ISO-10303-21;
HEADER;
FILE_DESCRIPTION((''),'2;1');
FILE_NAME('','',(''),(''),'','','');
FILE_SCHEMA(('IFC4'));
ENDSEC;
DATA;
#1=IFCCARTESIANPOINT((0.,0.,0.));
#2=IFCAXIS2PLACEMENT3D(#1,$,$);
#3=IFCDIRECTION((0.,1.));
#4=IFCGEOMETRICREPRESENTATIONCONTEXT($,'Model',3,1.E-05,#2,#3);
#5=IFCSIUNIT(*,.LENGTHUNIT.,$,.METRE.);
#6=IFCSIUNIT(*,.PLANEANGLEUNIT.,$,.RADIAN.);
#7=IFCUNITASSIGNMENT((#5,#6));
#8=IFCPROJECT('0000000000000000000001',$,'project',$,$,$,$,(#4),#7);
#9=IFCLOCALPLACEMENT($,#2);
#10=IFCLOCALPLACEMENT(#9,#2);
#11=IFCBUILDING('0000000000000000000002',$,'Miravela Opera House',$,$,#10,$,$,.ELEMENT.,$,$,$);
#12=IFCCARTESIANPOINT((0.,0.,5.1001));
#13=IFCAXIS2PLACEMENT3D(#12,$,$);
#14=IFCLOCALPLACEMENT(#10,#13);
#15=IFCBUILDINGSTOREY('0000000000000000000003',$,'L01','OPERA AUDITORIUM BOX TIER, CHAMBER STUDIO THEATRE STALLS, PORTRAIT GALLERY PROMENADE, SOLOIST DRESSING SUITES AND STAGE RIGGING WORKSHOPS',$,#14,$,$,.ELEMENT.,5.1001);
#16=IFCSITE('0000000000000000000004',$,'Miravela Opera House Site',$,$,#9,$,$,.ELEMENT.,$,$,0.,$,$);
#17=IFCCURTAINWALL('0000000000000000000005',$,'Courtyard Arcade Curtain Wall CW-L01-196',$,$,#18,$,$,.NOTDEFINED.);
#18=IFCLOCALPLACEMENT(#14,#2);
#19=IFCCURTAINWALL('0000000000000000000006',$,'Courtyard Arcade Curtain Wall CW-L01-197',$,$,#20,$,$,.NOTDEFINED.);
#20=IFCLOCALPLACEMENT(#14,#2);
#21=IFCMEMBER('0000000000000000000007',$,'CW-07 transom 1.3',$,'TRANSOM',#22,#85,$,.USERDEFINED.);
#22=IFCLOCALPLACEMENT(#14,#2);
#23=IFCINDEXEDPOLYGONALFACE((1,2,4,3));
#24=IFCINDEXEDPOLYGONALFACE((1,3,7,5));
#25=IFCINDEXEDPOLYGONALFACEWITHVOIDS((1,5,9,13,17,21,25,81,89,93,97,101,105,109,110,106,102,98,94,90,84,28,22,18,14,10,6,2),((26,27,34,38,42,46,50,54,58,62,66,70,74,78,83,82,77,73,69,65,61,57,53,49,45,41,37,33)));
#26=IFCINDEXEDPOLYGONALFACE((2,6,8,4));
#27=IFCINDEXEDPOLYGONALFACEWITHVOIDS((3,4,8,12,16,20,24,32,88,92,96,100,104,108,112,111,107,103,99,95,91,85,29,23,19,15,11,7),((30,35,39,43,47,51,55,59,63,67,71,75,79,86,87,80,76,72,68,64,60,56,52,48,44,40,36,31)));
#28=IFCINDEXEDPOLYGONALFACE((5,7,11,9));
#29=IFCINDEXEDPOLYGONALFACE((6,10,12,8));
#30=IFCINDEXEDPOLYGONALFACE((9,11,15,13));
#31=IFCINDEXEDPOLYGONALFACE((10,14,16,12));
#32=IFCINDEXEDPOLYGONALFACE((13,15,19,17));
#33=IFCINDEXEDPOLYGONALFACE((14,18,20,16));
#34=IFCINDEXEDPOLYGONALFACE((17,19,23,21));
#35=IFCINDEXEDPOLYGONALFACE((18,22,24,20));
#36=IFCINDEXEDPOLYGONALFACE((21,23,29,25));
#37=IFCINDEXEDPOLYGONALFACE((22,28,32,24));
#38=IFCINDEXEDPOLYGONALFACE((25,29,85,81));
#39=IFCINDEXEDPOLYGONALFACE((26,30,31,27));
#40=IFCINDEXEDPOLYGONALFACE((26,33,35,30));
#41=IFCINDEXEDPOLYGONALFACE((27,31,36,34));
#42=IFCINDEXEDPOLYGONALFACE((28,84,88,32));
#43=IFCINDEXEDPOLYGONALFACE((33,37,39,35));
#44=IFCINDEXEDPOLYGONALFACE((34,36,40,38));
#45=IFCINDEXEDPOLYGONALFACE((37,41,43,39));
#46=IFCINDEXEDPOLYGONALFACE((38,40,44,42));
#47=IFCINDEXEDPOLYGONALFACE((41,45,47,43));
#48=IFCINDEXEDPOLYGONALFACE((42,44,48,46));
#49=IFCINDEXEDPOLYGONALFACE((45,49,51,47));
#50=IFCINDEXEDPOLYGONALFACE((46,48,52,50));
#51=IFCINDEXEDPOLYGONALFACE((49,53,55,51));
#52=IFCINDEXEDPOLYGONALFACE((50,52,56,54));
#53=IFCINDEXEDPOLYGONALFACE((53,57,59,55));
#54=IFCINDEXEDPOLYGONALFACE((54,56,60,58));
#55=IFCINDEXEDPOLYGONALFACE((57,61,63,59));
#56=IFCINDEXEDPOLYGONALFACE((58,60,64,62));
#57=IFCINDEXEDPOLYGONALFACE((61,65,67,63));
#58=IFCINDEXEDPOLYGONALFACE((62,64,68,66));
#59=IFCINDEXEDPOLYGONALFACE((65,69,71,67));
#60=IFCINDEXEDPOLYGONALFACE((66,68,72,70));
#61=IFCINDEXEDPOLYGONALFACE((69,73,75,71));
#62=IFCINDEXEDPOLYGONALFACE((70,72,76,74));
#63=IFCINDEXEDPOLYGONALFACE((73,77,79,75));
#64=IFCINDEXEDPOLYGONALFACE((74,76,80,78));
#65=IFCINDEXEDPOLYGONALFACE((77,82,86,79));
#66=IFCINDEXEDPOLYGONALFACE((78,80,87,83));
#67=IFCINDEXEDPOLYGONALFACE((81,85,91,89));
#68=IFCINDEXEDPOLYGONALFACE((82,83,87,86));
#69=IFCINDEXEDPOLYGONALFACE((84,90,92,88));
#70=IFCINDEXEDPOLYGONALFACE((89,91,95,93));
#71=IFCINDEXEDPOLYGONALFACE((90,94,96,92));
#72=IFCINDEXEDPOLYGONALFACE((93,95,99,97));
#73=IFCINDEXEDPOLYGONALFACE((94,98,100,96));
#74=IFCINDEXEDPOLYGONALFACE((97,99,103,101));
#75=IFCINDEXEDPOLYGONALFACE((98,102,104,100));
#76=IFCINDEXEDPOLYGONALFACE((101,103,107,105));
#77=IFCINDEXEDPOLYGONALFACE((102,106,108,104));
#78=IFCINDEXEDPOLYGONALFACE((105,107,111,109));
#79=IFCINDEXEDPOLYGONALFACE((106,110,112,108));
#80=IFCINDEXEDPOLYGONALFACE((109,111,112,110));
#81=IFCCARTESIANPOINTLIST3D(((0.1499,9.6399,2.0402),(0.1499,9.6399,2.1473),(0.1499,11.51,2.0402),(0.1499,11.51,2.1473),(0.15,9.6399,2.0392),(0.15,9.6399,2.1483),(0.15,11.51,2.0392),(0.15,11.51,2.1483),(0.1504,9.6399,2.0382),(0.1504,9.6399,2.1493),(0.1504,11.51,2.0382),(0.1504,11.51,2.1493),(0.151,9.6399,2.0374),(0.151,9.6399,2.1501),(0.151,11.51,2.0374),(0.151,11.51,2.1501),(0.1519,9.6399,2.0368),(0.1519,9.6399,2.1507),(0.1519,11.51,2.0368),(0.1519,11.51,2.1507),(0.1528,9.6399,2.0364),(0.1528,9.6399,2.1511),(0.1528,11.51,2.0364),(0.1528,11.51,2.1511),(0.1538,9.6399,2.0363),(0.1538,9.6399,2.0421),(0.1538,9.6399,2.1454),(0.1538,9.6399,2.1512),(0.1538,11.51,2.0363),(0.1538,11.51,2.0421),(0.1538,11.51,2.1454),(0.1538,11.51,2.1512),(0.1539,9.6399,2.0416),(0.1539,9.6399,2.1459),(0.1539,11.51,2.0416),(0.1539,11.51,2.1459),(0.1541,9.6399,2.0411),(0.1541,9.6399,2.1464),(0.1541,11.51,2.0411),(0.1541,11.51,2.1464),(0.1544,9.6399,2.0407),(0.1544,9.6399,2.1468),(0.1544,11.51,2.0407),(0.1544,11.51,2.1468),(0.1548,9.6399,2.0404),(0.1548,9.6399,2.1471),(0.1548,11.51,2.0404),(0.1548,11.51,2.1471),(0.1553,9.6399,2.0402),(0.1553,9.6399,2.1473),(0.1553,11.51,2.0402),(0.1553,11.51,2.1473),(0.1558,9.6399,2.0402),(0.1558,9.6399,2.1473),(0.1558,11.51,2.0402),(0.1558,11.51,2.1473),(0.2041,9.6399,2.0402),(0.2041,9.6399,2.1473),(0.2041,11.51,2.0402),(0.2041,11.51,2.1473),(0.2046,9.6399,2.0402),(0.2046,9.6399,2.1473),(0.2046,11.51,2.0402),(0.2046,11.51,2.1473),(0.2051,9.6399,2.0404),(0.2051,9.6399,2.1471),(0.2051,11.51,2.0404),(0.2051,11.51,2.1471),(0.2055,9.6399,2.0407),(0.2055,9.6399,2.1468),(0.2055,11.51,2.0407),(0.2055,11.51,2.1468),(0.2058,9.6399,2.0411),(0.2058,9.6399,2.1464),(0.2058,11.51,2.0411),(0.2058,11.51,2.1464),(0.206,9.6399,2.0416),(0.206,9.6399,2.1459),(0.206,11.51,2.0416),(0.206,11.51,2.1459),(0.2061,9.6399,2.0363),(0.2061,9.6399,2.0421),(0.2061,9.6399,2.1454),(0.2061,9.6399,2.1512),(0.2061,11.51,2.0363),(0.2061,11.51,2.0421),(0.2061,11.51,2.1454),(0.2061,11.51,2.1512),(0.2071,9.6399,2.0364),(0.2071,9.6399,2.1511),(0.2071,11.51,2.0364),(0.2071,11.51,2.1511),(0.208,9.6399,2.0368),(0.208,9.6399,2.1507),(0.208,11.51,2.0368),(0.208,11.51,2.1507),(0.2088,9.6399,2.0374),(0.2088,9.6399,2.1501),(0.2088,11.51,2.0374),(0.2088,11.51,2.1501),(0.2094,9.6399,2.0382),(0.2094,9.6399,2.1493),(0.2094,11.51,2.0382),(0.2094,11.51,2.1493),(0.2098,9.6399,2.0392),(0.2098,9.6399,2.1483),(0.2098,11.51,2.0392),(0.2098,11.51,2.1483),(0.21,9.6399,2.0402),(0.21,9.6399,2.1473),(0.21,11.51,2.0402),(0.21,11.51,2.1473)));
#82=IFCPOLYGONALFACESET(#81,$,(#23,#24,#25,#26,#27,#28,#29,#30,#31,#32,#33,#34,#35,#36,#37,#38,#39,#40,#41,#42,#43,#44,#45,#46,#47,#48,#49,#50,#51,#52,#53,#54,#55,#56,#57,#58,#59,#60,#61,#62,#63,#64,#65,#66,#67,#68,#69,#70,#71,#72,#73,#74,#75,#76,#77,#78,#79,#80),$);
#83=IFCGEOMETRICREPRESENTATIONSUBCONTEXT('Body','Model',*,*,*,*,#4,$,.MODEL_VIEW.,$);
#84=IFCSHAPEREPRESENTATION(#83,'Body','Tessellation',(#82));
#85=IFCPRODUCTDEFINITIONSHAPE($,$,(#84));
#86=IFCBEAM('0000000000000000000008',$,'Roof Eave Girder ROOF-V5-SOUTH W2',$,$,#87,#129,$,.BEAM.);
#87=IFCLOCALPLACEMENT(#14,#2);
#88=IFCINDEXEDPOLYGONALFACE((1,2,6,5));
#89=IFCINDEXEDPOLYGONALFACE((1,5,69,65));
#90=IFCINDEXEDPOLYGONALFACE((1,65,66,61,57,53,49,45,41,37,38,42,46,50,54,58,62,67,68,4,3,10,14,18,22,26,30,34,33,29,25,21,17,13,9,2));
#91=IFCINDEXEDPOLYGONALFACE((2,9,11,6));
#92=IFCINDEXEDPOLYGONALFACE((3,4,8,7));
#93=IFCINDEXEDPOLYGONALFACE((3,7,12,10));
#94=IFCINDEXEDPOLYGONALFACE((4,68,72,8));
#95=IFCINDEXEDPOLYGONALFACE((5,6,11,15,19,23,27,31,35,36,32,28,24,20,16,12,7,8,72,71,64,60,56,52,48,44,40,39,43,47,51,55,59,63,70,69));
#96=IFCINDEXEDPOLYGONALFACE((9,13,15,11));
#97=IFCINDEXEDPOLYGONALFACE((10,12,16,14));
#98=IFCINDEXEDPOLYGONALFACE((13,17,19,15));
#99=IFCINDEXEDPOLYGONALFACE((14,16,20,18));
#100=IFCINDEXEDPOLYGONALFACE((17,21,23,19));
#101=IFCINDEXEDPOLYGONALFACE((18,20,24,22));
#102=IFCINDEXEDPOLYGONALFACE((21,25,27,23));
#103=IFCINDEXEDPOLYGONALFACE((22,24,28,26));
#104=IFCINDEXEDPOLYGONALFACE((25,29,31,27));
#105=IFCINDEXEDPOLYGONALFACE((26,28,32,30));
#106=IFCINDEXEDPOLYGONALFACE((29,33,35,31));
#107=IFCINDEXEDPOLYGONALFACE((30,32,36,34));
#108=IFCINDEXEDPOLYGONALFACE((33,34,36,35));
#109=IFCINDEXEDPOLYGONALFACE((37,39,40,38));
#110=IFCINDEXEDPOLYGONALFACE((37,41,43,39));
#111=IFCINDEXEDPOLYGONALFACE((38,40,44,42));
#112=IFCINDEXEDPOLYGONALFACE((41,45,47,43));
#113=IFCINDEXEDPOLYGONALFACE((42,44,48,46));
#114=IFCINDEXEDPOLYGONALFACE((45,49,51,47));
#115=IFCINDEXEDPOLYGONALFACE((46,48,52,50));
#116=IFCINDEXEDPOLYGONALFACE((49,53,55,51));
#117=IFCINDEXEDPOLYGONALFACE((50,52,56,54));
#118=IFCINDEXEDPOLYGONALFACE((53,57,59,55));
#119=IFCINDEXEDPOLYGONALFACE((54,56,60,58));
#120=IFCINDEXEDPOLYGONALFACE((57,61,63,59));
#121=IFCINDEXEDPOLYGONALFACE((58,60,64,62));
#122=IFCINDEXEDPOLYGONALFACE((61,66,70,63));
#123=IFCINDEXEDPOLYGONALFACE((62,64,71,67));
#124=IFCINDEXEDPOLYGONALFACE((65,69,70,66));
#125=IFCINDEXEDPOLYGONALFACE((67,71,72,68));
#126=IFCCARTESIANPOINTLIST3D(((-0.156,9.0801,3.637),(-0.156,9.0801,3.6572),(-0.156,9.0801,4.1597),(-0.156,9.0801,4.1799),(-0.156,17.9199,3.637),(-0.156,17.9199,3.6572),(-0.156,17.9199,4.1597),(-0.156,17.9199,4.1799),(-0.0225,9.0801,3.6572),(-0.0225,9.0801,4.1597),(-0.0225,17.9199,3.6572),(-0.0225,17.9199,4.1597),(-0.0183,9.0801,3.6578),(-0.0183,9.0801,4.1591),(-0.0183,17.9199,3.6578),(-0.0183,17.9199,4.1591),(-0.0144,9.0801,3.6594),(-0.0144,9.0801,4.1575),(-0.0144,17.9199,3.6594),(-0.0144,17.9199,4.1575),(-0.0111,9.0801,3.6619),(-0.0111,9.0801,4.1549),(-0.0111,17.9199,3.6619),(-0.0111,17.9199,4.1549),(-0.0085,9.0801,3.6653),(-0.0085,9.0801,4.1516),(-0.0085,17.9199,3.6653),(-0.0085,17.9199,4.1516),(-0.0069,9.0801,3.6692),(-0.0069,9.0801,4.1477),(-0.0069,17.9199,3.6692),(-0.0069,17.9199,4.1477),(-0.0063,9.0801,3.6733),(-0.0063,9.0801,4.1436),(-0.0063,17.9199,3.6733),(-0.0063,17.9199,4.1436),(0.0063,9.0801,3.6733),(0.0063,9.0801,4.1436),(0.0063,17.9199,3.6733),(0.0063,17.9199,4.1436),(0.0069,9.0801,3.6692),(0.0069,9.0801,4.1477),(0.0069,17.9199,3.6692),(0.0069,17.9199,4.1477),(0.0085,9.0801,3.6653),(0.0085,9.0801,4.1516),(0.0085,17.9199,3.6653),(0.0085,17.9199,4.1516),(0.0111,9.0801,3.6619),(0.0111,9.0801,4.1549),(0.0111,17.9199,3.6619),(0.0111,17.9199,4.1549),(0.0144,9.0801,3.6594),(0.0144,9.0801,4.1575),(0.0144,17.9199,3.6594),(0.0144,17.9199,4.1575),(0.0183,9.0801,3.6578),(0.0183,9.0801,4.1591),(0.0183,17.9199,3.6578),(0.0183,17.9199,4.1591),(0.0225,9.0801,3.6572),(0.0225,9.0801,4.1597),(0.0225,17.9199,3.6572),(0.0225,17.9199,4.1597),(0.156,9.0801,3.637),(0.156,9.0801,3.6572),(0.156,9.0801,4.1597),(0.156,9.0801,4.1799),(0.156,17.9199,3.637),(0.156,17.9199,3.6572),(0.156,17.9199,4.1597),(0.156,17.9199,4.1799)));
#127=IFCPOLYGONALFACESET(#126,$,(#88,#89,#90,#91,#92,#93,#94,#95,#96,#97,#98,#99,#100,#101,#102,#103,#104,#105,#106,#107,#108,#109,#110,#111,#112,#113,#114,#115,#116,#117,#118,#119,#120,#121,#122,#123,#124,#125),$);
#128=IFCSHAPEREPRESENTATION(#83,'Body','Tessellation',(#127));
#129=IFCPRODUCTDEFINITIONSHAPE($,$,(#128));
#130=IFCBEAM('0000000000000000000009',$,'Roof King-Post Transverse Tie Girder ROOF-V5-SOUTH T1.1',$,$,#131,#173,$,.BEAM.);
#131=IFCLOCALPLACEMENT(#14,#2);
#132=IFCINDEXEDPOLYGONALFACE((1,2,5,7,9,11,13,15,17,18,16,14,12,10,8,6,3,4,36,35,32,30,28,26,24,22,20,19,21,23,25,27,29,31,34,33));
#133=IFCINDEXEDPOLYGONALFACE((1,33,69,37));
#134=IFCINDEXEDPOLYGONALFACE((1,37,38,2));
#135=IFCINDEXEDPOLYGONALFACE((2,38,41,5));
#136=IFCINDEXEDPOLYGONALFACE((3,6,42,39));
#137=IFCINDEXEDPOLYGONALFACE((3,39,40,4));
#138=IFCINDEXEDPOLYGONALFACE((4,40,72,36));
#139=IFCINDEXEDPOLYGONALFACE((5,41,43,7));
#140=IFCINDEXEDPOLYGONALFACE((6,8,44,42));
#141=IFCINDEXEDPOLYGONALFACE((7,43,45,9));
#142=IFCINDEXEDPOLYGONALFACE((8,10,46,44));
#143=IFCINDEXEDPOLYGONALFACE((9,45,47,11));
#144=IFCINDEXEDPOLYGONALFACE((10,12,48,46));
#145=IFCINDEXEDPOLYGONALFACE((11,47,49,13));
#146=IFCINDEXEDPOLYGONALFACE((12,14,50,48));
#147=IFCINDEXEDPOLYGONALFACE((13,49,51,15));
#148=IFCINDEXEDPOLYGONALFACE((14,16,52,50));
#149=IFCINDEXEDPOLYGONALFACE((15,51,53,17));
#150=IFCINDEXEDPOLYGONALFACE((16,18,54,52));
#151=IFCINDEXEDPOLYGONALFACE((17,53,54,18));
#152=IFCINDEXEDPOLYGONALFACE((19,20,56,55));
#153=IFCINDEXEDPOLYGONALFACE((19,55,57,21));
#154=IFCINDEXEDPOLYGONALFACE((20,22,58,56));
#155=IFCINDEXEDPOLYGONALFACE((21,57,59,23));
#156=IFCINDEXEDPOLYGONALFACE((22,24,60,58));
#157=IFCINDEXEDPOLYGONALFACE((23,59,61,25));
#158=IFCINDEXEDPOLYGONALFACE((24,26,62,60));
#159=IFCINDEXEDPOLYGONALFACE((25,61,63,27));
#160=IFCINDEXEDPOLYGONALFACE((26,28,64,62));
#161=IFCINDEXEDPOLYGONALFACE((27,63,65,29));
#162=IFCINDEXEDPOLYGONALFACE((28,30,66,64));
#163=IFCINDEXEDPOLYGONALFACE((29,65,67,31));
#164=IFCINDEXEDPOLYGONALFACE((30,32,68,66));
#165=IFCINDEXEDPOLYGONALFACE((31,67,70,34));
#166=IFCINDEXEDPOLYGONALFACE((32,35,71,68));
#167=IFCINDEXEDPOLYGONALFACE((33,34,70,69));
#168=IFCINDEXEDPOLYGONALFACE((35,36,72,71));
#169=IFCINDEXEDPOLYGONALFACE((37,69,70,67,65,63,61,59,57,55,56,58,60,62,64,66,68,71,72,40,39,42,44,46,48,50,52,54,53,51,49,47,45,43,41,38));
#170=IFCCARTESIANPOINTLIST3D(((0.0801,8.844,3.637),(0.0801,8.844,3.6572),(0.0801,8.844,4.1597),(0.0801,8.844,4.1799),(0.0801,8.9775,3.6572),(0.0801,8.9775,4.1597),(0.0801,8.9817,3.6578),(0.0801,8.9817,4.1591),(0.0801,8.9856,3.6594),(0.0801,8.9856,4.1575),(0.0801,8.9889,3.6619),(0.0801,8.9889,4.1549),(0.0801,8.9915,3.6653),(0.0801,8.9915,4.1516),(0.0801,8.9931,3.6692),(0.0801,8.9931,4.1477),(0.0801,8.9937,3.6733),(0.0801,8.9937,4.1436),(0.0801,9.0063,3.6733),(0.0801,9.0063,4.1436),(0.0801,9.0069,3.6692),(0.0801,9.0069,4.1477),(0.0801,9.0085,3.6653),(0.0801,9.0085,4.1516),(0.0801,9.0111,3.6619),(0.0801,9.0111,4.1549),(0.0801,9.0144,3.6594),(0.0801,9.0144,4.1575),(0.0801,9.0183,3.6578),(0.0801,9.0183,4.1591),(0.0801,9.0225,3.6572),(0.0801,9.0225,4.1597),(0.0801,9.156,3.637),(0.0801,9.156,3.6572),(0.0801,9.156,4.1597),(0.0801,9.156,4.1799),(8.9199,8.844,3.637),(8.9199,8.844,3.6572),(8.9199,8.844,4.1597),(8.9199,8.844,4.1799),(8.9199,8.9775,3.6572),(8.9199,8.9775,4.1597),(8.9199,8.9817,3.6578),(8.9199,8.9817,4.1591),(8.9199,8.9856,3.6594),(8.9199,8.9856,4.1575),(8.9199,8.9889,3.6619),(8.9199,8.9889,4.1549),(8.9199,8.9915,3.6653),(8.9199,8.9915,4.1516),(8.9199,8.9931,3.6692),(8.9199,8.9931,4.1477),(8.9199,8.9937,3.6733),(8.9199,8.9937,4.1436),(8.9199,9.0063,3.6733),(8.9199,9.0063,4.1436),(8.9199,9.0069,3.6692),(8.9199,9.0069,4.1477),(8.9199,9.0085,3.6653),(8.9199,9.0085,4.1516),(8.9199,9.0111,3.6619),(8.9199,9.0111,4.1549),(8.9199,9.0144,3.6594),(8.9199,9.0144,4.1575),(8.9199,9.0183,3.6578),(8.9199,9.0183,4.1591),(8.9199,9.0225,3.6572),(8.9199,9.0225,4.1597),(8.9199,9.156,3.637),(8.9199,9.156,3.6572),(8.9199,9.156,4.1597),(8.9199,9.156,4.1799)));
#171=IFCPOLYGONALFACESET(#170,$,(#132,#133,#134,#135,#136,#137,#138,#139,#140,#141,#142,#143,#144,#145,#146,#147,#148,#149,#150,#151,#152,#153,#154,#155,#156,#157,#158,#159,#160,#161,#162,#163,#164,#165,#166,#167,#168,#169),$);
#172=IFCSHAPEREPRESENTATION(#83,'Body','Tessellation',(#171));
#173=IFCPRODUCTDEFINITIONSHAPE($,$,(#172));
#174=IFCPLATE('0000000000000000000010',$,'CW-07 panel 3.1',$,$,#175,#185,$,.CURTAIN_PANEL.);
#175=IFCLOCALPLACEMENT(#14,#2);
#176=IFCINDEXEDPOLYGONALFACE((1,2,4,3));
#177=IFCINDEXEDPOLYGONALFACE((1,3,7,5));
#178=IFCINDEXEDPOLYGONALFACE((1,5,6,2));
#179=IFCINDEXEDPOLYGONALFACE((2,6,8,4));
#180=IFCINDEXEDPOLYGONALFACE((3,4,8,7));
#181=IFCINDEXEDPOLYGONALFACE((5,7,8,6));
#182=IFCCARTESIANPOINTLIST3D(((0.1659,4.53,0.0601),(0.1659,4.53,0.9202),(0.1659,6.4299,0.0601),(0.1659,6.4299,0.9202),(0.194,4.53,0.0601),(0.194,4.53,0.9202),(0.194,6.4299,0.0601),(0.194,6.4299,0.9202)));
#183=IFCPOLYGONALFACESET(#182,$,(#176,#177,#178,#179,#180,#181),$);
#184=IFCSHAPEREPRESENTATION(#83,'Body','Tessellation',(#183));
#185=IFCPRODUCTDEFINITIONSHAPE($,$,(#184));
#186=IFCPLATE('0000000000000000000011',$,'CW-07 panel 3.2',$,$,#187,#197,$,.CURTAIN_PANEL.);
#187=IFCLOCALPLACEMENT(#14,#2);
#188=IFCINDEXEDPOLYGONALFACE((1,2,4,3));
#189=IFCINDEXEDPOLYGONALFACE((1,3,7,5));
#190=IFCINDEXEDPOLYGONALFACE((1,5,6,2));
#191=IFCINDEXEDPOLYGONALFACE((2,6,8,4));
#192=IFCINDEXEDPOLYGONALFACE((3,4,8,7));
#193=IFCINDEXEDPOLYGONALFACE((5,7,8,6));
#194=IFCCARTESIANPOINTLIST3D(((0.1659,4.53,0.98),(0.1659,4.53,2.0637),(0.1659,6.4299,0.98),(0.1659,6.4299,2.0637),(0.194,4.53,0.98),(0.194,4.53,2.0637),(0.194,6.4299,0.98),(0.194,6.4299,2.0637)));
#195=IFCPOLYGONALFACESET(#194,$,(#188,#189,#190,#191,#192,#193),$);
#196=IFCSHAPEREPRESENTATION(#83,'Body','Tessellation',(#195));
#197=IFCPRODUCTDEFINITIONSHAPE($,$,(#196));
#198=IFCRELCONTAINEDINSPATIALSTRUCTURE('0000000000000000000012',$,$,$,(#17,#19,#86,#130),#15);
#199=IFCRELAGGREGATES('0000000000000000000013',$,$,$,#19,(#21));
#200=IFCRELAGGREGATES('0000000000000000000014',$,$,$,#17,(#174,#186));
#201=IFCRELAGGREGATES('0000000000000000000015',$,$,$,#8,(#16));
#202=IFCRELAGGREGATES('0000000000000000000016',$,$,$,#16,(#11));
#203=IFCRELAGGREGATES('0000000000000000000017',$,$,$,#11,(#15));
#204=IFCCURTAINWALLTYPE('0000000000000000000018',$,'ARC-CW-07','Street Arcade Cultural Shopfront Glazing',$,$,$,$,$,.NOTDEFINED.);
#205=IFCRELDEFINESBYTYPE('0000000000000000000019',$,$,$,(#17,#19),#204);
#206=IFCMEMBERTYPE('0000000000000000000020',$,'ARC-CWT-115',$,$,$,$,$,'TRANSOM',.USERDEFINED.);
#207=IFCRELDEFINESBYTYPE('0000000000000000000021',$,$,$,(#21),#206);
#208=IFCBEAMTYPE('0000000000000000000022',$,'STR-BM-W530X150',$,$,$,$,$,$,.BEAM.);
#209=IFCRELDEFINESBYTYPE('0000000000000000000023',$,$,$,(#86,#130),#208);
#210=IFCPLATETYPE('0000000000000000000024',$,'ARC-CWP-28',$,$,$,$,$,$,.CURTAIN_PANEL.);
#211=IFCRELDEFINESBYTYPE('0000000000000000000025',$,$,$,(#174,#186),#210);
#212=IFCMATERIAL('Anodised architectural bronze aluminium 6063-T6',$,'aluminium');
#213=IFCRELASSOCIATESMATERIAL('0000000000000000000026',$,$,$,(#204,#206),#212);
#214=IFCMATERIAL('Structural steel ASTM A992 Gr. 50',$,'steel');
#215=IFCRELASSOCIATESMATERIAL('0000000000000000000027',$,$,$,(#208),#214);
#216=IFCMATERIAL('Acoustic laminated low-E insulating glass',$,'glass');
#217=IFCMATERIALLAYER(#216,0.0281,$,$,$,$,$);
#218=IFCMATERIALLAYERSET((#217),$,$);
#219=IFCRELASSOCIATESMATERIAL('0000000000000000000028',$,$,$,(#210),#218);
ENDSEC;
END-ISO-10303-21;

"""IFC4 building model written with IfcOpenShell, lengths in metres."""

from ifc_helpers import new_model, si_unit, direction, frame, origin, origin_2d, place, context, subcontext, project, spatial, rectangle, hollow_rectangle, i_section, extrude, material, layer, layer_set, material_profile, profile_set, type_object, element, aggregate, save


model = new_model("IFC4")

# Units and contexts
model_context = context("Model", 3, precision=1e-05, world=origin(), true_north=direction((0.0, 1.0)))
body_context = subcontext(model_context, "Body", "Model", "MODEL_VIEW")
ifc_project = project(units=[si_unit("LENGTHUNIT", "METRE"), si_unit("PLANEANGLEUNIT", "RADIAN")], contexts=[model_context])

# Site, building, storey
site_placement = place(None, origin())
site = spatial("IfcSite", under=ifc_project, at=site_placement, Name="Miravela Opera House Site", CompositionType="ELEMENT", RefElevation=0.0)
building_placement = place(site_placement, origin())
building = spatial("IfcBuilding", under=site, at=building_placement, Name="Miravela Opera House", CompositionType="ELEMENT")
storey_placement = place(building_placement, frame((0.0, 0.0, 5.1001)))
storey = spatial("IfcBuildingStorey", under=building, at=storey_placement, Name="L01", Description="OPERA AUDITORIUM BOX TIER, CHAMBER STUDIO THEATRE STALLS, PORTRAIT GALLERY PROMENADE, SOLOIST DRESSING SUITES AND STAGE RIGGING WORKSHOPS", CompositionType="ELEMENT", Elevation=5.1001)

# Curtain wall
ifc_material_1 = material(Name="Anodised architectural bronze aluminium 6063-T6", Category="aluminium")
curtain_wall_type = type_object("IfcCurtainWallType", Name="ARC-CW-07", Description="Street Arcade Cultural Shopfront Glazing", PredefinedType="NOTDEFINED", material=ifc_material_1)
curtain_wall_1_placement = place(storey_placement, origin())
curtain_wall_1 = element("IfcCurtainWall", 1, at=curtain_wall_1_placement, inside=storey, type_object=curtain_wall_type, Name="Courtyard Arcade Curtain Wall CW-L01-196", PredefinedType="NOTDEFINED")

# Curtain wall
curtain_wall_2_placement = place(storey_placement, origin())
curtain_wall_2 = element("IfcCurtainWall", 2, at=curtain_wall_2_placement, inside=storey, type_object=curtain_wall_type, Name="Courtyard Arcade Curtain Wall CW-L01-197", PredefinedType="NOTDEFINED")

# Member
ifc_material_profile_1 = material_profile(ifc_material_1, hollow_rectangle(XDim=0.0601, YDim=0.115, WallThickness=0.0039, InnerFilletRadius=0.002, OuterFilletRadius=0.0039, at=origin_2d()), Name="CWT-60X115")
ifc_profile_set_1 = profile_set([ifc_material_profile_1])
member_type_1 = type_object("IfcMemberType", Name="ARC-CWT-115", ElementType="TRANSOM", PredefinedType="USERDEFINED", material=ifc_profile_set_1)
member_1_placement = place(storey_placement, frame((0.1799, 9.6399, 2.0938), z_axis=(0.0, 1.0, 0.0), x_axis=(-1.0, 0.0, 0.0)))
member_1 = element("IfcMember", 3, at=member_1_placement, type_object=member_type_1, Name="CW-07 transom 1.3", ObjectType="TRANSOM", PredefinedType="USERDEFINED", context=body_context, shape_type="SweptSolid", body=[
    extrude(hollow_rectangle(XDim=0.0601, YDim=0.115, WallThickness=0.0039, InnerFilletRadius=0.002, OuterFilletRadius=0.0039, at=origin_2d()), origin(), (0.0, 0.0, 1.0), 1.8701),
])
aggregate(curtain_wall_2, [member_1])

# Beams
ifc_material_2 = material(Name="Structural steel ASTM A992 Gr. 50", Category="steel")
ifc_material_profile_2 = material_profile(ifc_material_2, i_section(OverallWidth=0.312, OverallDepth=0.543, WebThickness=0.0127, FlangeThickness=0.0203, FilletRadius=0.0161, at=origin_2d()), Name="W530X150")
ifc_profile_set_2 = profile_set([ifc_material_profile_2])
beam_type = type_object("IfcBeamType", Name="STR-BM-W530X150", PredefinedType="BEAM", material=ifc_profile_set_2)
for number, where, z_axis, x_axis, name in (
    (4, (0.0, 9.0801, 3.9084), (0.0, 1.0, 0.0), (-1.0, 0.0, 0.0), "Roof Eave Girder ROOF-V5-SOUTH W2"),
    (5, (0.0801, 9.0, 3.9084), (1.0, 0.0, 0.0), (0.0, 1.0, 0.0), "Roof King-Post Transverse Tie Girder ROOF-V5-SOUTH T1.1"),
):
    element("IfcBeam", number, at=place(storey_placement, frame(where, z_axis=z_axis, x_axis=x_axis)), inside=storey, type_object=beam_type, Name=name, PredefinedType="BEAM", context=body_context, shape_type="SweptSolid", body=[
        extrude(i_section(OverallWidth=0.312, OverallDepth=0.543, WebThickness=0.0127, FlangeThickness=0.0203, FilletRadius=0.0161, at=origin_2d()), origin(), (0.0, 0.0, 1.0), 8.8398),
    ])

# Plates
ifc_material_3 = material(Name="Acoustic laminated low-E insulating glass", Category="glass")
ifc_layer = layer(ifc_material_3, 0.0281)
ifc_layer_set = layer_set([ifc_layer])
plate_type = type_object("IfcPlateType", Name="ARC-CWP-28", PredefinedType="CURTAIN_PANEL", material=ifc_layer_set)
plate_1_placement = place(storey_placement, frame((0.1799, 5.48, 0.0601), z_axis=(0.0, 0.0, 1.0), x_axis=(0.0, 1.0, 0.0)))
plate_1 = element("IfcPlate", 6, at=plate_1_placement, type_object=plate_type, Name="CW-07 panel 3.1", PredefinedType="CURTAIN_PANEL", context=body_context, shape_type="SweptSolid", body=[
    extrude(rectangle(XDim=1.8999, YDim=0.0281, at=origin_2d()), origin(), (0.0, 0.0, 1.0), 0.8601),
])
plate_2_placement = place(storey_placement, frame((0.1799, 5.48, 0.98), z_axis=(0.0, 0.0, 1.0), x_axis=(0.0, 1.0, 0.0)))
plate_2 = element("IfcPlate", 7, at=plate_2_placement, type_object=plate_type, Name="CW-07 panel 3.2", PredefinedType="CURTAIN_PANEL", context=body_context, shape_type="SweptSolid", body=[
    extrude(rectangle(XDim=1.8999, YDim=0.0281, at=origin_2d()), origin(), (0.0, 0.0, 1.0), 1.0837),
])
aggregate(curtain_wall_1, [plate_1, plate_2])

save(model, "model.ifc")
